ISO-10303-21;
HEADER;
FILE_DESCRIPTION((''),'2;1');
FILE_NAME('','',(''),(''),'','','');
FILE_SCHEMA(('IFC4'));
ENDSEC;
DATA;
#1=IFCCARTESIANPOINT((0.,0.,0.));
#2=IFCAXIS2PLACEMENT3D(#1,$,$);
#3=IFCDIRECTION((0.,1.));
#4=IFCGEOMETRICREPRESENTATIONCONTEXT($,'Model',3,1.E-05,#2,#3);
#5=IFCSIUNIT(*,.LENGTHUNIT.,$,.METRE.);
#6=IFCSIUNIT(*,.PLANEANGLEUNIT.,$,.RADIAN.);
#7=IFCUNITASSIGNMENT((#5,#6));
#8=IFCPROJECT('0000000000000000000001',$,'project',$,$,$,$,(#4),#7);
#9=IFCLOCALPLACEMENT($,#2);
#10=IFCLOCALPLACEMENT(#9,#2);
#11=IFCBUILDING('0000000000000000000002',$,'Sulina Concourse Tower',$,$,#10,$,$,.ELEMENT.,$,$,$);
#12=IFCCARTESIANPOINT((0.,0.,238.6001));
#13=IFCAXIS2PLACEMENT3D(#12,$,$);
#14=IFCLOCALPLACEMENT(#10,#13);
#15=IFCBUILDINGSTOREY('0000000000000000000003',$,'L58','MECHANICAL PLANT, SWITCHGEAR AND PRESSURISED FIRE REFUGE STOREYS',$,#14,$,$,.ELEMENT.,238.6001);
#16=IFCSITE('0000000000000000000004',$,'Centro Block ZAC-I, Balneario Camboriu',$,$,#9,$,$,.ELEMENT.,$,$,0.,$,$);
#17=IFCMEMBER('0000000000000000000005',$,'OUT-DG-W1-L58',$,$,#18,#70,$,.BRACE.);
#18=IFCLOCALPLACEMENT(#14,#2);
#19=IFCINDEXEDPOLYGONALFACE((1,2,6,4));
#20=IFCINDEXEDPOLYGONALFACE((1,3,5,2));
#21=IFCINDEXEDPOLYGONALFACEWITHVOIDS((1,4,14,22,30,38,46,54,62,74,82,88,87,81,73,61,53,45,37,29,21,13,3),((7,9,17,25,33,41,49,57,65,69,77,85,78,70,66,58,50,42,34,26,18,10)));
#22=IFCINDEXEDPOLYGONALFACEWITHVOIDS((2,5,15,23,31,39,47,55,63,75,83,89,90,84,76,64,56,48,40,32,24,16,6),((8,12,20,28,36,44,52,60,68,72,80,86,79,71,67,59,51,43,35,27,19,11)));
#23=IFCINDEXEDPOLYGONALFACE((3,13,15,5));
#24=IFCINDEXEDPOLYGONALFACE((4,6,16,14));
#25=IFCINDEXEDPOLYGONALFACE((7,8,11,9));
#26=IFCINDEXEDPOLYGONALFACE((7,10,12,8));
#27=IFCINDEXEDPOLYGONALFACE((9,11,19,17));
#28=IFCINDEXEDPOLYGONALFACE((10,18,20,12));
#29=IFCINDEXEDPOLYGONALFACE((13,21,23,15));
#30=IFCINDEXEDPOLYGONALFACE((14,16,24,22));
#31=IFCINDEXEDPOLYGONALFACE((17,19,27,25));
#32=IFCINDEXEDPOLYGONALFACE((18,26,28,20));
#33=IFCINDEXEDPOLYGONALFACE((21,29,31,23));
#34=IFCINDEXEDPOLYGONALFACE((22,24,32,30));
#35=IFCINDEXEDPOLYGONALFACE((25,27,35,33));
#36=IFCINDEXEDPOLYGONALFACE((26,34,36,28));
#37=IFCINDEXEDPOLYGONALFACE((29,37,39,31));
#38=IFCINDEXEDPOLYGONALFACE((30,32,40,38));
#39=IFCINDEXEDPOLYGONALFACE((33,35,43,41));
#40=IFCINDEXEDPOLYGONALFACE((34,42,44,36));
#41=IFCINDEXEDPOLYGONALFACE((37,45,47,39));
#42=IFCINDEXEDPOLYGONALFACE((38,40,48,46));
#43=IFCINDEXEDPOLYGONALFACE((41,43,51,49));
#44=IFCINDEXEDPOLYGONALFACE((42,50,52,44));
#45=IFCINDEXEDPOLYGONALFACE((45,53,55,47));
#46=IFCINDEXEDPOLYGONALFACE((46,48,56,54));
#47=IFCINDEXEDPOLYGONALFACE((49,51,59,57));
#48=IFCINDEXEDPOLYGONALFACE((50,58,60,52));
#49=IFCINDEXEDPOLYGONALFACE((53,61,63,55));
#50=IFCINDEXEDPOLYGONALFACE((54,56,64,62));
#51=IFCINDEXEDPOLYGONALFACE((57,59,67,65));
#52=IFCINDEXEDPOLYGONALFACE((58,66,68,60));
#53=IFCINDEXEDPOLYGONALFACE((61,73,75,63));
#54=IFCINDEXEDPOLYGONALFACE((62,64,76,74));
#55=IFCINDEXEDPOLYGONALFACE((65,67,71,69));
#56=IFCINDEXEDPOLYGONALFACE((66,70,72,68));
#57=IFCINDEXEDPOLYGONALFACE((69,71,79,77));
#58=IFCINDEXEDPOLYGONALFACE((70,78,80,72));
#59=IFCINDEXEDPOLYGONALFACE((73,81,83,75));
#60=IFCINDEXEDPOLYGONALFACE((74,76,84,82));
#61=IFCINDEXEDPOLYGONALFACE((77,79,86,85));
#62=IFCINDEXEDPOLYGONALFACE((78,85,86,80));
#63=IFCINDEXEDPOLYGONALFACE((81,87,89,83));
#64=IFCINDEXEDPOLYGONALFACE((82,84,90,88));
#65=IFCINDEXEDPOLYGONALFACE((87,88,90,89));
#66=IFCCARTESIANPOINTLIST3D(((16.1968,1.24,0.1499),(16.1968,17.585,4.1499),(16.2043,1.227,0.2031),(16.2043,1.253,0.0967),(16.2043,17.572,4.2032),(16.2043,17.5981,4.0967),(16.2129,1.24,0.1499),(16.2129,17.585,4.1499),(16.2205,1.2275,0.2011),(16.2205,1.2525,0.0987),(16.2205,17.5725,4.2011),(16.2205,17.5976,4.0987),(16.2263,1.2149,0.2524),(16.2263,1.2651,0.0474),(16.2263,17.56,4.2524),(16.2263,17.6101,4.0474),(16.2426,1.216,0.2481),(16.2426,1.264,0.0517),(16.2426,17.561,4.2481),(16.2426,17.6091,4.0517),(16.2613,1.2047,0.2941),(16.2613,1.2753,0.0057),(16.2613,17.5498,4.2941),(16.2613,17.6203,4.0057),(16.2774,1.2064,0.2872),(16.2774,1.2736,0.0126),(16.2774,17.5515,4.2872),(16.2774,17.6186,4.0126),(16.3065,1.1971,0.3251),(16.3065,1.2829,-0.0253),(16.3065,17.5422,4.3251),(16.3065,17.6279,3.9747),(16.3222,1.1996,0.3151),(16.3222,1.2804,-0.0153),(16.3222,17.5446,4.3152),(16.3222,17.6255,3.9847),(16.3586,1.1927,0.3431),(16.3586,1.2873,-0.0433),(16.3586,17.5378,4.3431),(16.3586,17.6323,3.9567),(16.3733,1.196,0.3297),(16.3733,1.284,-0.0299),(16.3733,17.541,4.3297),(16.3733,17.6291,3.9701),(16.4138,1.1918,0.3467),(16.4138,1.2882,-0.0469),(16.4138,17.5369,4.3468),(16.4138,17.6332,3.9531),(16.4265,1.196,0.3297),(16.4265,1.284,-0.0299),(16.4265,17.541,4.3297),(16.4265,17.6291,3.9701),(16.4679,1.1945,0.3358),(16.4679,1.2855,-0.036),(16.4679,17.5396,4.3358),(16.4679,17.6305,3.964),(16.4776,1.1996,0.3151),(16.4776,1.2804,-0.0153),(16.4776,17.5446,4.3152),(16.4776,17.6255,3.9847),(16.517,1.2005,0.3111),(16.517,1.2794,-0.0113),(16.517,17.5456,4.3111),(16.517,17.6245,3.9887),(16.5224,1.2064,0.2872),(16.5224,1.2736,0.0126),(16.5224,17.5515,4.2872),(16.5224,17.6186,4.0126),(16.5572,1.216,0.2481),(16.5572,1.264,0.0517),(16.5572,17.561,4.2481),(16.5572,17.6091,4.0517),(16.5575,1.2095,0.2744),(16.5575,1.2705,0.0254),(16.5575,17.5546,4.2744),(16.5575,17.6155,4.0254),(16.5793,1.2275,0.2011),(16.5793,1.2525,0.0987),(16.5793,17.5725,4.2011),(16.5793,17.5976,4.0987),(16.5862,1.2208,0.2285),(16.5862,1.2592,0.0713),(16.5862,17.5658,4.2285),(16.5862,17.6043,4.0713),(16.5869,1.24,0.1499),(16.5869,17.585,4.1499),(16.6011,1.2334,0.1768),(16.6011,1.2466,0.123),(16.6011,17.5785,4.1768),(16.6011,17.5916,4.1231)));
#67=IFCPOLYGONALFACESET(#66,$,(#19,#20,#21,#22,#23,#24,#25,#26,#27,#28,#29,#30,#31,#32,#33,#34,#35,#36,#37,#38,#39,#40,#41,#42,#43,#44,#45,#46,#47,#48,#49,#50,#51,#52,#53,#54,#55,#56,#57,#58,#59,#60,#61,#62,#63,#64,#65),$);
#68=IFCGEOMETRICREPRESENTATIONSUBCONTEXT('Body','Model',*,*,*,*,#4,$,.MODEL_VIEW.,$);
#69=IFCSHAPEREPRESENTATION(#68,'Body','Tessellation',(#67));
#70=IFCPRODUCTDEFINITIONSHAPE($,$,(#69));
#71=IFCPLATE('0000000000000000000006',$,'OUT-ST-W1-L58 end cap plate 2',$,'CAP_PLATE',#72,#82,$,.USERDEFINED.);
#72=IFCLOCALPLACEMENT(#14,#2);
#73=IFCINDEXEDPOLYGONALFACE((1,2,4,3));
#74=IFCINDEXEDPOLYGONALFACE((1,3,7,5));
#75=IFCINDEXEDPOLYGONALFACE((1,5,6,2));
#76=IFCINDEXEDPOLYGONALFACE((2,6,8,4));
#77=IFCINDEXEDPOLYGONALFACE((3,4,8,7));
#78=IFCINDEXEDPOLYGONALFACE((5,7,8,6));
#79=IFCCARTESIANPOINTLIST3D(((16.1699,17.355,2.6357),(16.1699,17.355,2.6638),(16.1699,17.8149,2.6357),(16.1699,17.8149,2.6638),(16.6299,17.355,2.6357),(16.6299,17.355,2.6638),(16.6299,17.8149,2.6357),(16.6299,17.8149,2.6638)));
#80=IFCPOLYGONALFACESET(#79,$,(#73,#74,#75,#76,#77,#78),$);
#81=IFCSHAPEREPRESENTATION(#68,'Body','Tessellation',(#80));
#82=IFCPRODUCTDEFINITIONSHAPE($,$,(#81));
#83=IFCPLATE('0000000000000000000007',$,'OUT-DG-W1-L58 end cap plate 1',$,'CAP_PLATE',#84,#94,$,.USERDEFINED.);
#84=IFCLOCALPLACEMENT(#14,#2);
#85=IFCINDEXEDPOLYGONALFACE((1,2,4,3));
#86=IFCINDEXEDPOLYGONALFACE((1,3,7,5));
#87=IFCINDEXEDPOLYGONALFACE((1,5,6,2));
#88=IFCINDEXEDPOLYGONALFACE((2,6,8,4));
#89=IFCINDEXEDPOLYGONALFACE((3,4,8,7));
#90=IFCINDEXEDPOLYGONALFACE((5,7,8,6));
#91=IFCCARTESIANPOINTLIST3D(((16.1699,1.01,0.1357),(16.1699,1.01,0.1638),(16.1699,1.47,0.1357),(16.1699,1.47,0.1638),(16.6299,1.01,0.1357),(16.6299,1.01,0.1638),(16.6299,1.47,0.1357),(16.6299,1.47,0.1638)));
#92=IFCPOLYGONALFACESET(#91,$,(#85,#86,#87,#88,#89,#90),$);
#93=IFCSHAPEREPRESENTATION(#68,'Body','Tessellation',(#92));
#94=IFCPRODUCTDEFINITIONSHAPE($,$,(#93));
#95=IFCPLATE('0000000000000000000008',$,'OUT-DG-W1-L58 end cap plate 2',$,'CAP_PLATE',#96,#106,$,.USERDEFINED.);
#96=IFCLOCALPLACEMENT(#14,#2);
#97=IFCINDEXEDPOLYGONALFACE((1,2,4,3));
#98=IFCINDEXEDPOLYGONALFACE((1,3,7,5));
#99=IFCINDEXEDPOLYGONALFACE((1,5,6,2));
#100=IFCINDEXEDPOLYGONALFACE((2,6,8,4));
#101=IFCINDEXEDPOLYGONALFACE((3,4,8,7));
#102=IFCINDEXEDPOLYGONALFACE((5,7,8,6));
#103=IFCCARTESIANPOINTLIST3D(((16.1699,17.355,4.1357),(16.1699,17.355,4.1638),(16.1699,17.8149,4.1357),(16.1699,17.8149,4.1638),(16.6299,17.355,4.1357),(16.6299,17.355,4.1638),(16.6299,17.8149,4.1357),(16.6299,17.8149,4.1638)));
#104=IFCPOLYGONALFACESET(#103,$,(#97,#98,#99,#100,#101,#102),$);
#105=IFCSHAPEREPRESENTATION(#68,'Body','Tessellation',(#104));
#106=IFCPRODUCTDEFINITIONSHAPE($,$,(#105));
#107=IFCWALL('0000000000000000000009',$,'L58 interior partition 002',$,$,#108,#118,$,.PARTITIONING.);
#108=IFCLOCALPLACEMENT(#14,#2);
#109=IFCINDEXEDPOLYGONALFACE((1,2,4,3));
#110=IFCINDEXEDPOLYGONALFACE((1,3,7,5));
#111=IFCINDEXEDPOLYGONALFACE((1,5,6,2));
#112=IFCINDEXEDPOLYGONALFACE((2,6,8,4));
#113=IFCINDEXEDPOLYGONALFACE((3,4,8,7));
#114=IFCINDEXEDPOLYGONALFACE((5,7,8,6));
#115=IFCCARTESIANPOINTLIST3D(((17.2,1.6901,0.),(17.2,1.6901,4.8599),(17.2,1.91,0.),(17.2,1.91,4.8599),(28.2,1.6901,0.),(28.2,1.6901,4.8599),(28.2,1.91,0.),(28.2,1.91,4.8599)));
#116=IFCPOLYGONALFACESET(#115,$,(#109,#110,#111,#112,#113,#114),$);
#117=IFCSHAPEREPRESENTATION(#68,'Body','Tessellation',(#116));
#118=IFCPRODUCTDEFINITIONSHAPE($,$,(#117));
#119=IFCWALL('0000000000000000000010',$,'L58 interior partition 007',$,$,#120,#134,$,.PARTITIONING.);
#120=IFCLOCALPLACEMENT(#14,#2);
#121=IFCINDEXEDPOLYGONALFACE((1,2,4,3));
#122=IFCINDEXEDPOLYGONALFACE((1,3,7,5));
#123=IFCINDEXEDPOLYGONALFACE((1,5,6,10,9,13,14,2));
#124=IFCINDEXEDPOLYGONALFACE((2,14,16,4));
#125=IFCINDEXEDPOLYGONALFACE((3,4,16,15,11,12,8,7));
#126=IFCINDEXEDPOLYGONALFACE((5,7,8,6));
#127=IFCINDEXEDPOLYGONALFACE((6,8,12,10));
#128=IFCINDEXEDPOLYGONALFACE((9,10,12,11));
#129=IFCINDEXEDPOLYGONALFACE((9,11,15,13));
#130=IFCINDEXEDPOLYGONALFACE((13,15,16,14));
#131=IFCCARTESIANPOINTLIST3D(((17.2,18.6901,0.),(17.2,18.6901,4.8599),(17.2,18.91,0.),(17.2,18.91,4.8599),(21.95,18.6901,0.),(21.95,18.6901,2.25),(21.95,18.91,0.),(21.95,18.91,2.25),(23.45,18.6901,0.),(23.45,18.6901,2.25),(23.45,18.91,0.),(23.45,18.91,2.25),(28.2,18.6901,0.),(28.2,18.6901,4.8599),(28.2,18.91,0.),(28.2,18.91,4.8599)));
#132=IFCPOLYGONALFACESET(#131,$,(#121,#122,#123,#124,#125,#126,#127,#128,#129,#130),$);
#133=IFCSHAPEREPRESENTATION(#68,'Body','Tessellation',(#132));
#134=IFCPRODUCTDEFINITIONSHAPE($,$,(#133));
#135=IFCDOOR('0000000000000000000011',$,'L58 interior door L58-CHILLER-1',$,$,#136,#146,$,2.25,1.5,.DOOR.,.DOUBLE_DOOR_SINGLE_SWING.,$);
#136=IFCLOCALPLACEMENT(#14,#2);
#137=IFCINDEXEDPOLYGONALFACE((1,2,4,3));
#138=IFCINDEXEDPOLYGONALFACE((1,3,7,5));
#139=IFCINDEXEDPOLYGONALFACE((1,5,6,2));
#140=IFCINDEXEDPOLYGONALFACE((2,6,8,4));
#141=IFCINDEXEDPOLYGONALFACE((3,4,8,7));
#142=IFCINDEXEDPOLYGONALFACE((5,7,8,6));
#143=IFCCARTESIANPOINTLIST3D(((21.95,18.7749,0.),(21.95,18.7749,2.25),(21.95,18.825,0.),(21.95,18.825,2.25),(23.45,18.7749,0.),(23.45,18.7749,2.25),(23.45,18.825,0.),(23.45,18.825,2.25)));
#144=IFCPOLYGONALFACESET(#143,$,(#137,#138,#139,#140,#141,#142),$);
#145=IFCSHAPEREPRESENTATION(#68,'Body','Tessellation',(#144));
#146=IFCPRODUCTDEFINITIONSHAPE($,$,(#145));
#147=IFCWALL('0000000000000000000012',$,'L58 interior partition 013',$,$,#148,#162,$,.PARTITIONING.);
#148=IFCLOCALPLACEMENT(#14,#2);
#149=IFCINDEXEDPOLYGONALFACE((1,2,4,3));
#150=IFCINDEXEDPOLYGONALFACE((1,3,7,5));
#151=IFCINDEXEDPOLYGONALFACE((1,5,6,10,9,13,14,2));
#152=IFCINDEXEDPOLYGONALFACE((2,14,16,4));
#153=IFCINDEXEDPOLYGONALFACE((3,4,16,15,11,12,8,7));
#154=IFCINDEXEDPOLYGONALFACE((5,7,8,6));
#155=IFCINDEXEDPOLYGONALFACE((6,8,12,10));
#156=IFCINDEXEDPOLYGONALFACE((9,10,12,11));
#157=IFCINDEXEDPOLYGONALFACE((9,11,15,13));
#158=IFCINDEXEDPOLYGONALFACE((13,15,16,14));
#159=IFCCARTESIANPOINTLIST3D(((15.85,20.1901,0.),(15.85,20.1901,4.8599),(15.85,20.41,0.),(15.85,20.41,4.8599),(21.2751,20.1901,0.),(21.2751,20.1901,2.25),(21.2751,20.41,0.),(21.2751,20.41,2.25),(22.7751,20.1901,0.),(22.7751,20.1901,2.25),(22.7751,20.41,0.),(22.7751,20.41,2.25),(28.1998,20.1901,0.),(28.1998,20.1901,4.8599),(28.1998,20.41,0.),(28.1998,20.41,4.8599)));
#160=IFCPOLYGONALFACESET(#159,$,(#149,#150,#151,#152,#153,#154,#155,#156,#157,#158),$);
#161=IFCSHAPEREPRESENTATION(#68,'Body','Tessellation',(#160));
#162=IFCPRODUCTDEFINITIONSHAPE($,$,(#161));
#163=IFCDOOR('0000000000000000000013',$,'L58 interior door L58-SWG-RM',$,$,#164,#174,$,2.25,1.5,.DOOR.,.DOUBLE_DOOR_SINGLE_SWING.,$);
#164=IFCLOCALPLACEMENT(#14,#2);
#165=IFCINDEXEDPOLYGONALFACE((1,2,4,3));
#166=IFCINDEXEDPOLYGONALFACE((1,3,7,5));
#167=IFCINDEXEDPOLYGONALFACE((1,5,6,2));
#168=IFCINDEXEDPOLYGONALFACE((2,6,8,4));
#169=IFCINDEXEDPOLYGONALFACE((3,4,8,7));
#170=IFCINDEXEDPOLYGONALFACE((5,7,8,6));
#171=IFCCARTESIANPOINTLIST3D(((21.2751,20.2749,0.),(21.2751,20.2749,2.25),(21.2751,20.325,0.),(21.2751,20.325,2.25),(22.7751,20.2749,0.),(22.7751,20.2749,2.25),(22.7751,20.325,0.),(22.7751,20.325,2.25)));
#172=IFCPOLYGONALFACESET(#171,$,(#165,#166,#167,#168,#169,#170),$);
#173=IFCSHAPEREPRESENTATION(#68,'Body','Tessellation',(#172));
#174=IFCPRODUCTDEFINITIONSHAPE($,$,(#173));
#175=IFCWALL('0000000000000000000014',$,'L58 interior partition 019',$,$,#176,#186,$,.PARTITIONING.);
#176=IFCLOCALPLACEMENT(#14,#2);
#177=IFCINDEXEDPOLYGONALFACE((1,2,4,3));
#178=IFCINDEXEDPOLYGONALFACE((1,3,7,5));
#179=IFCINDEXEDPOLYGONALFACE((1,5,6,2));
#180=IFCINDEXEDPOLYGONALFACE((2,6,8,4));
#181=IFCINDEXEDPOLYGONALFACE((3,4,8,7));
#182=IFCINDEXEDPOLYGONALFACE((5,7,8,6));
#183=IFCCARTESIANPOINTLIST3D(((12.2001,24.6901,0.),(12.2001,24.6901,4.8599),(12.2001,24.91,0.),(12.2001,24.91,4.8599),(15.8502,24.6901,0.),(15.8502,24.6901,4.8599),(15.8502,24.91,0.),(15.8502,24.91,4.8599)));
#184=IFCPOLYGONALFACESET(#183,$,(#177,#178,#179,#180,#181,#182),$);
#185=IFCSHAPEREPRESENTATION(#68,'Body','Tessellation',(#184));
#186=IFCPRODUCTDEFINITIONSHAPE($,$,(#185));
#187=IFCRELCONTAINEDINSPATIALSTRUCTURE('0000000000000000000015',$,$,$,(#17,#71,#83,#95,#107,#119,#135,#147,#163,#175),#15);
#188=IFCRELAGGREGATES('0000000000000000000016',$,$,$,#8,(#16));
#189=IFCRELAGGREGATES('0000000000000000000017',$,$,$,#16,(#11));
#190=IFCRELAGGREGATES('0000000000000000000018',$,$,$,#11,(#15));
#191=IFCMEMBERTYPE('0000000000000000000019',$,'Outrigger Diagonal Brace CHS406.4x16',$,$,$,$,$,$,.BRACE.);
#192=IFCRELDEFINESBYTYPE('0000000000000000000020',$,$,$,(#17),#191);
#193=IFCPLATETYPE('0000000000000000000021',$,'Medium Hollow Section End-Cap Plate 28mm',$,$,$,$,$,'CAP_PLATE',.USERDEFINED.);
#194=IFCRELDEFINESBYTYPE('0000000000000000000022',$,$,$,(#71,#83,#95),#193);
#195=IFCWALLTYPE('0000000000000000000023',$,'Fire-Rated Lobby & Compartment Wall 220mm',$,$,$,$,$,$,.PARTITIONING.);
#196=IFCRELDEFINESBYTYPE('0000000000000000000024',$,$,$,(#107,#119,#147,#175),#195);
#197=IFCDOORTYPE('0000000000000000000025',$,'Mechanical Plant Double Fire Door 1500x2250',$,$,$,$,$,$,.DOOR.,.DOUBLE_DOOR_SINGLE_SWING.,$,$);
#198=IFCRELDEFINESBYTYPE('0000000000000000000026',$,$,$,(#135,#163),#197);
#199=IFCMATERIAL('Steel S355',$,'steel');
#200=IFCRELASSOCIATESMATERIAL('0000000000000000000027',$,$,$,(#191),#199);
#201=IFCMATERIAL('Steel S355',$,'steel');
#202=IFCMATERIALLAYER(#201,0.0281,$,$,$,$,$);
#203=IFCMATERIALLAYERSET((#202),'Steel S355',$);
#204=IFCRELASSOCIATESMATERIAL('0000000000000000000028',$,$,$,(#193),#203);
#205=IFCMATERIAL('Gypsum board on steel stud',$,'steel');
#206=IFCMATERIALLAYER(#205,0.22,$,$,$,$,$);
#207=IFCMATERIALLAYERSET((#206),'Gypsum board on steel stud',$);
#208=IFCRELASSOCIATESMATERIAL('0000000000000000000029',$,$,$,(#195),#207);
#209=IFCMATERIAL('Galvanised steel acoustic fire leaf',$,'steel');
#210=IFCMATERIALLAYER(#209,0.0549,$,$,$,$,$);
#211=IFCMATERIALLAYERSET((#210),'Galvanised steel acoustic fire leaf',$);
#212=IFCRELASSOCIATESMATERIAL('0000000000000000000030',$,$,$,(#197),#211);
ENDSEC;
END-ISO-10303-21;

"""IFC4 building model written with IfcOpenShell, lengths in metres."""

from ifc_helpers import new_model, si_unit, direction, frame, frame_2d, origin, origin_2d, place, context, subcontext, project, spatial, rectangle, hollow_circle, extrude, material, layer, layer_set, material_profile, profile_set, type_object, element, fill, save


model = new_model("IFC4")

# Units and contexts
model_context = context("Model", 3, precision=1e-05, world=origin(), true_north=direction((0.0, 1.0)))
body_context = subcontext(model_context, "Body", "Model", "MODEL_VIEW")
ifc_project = project(units=[si_unit("LENGTHUNIT", "METRE"), si_unit("PLANEANGLEUNIT", "RADIAN")], contexts=[model_context])

# Site, building, storey
site_placement = place(None, origin())
site = spatial("IfcSite", under=ifc_project, at=site_placement, Name="Centro Block ZAC-I, Balneario Camboriu", CompositionType="ELEMENT", RefElevation=0.0)
building_placement = place(site_placement, origin())
building = spatial("IfcBuilding", under=site, at=building_placement, Name="Sulina Concourse Tower", CompositionType="ELEMENT")
storey_placement = place(building_placement, frame((0.0, 0.0, 238.6001)))
storey = spatial("IfcBuildingStorey", under=building, at=storey_placement, Name="L58", Description="MECHANICAL PLANT, SWITCHGEAR AND PRESSURISED FIRE REFUGE STOREYS", CompositionType="ELEMENT", Elevation=238.6001)

# Member
ifc_material_1 = material(Name="Steel S355", Category="steel")
ifc_material_profile_1 = material_profile(ifc_material_1, hollow_circle(Radius=0.2031, WallThickness=0.0161, at=origin_2d()), Name="CHS 406.4x16")
ifc_profile_set_1 = profile_set([ifc_material_profile_1], Name="Steel S355")
member_type = type_object("IfcMemberType", Name="Outrigger Diagonal Brace CHS406.4x16", PredefinedType="BRACE", material=ifc_profile_set_1)
member_placement = place(storey_placement, frame((16.3999, 1.24, 0.1499), z_axis=(0.0, 0.971336, 0.237709), x_axis=(-1.0, 0.0, 0.0)))
element("IfcMember", 1, at=member_placement, inside=storey, type_object=member_type, Name="OUT-DG-W1-L58", PredefinedType="BRACE", context=body_context, shape_type="SweptSolid", body=[
    extrude(hollow_circle(Radius=0.2031, WallThickness=0.0161, at=origin_2d()), origin(), (0.0, 0.0, 1.0), 16.8274),
])

# Plates
ifc_material_2 = material(Name="Steel S355", Category="steel")
ifc_layer_1 = layer(ifc_material_2, 0.0281)
ifc_layer_set_1 = layer_set([ifc_layer_1], Name="Steel S355")
plate_type = type_object("IfcPlateType", Name="Medium Hollow Section End-Cap Plate 28mm", ElementType="CAP_PLATE", PredefinedType="USERDEFINED", material=ifc_layer_set_1)
for number, where, z_axis, x_axis, name in (
    (2, (16.3999, 17.585, 2.6357), (0.0, 0.0, 1.0), (1.0, 0.0, 0.0), "OUT-ST-W1-L58 end cap plate 2"),
    (3, (16.3999, 1.24, 0.1357), (0.0, 0.0, 1.0), (1.0, 0.0, 0.0), "OUT-DG-W1-L58 end cap plate 1"),
    (4, (16.3999, 17.585, 4.1357), (0.0, 0.0, 1.0), (1.0, 0.0, 0.0), "OUT-DG-W1-L58 end cap plate 2"),
):
    element("IfcPlate", number, at=place(storey_placement, frame(where, z_axis=z_axis, x_axis=x_axis)), inside=storey, type_object=plate_type, Name=name, ObjectType="CAP_PLATE", PredefinedType="USERDEFINED", context=body_context, shape_type="SweptSolid", body=[
        extrude(rectangle(XDim=0.46, YDim=0.46, at=origin_2d()), origin(), (0.0, 0.0, 1.0), 0.0281),
    ])

# Wall
ifc_material_3 = material(Name="Gypsum board on steel stud", Category="steel")
ifc_layer_2 = layer(ifc_material_3, 0.22)
ifc_layer_set_2 = layer_set([ifc_layer_2], Name="Gypsum board on steel stud")
wall_type_1 = type_object("IfcWallType", Name="Fire-Rated Lobby & Compartment Wall 220mm", PredefinedType="PARTITIONING", material=ifc_layer_set_2)
wall_1_placement = place(storey_placement, frame((17.2, 1.8, 0.0), z_axis=(0.0, 0.0, 1.0), x_axis=(1.0, 0.0, 0.0)))
element("IfcWall", 5, at=wall_1_placement, inside=storey, type_object=wall_type_1, Name="L58 interior partition 002", PredefinedType="PARTITIONING", context=body_context, shape_type="SweptSolid", body=[
    extrude(rectangle(XDim=11.0, YDim=0.22, at=frame_2d((5.5, 0.0))), origin(), (0.0, 0.0, 1.0), 4.8599),
])

# Walls, openings, doors
wall_2_placement = place(storey_placement, frame((17.2, 18.8, 0.0), z_axis=(0.0, 0.0, 1.0), x_axis=(1.0, 0.0, 0.0)))
wall_2 = element("IfcWall", 6, at=wall_2_placement, inside=storey, type_object=wall_type_1, Name="L58 interior partition 007", PredefinedType="PARTITIONING", context=body_context, shape_type="SweptSolid", body=[
    extrude(rectangle(XDim=11.0, YDim=0.22, at=frame_2d((5.5, 0.0))), origin(), (0.0, 0.0, 1.0), 4.8599),
])
opening_1_placement = place(wall_2_placement, frame((4.75, 0.0, 0.0)))
opening_1 = element("IfcOpeningElement", 7, at=opening_1_placement, cuts=wall_2, PredefinedType="OPENING", context=body_context, shape_type="SweptSolid", body=[
    extrude(rectangle(XDim=1.5, YDim=2.25, at=frame_2d((0.75, 1.125))), frame((0.0, 0.1199, 0.0), z_axis=(0.0, -1.0, 0.0), x_axis=(1.0, 0.0, 0.0)), (0.0, 0.0, 1.0), 0.24),
])
ifc_material_4 = material(Name="Galvanised steel acoustic fire leaf", Category="steel")
ifc_layer_3 = layer(ifc_material_4, 0.0549)
ifc_layer_set_3 = layer_set([ifc_layer_3], Name="Galvanised steel acoustic fire leaf")
door_type = type_object("IfcDoorType", Name="Mechanical Plant Double Fire Door 1500x2250", OperationType="DOUBLE_DOOR_SINGLE_SWING", PredefinedType="DOOR", material=ifc_layer_set_3)
door_1_placement = place(opening_1_placement, origin())
door_1 = element("IfcDoor", 8, at=door_1_placement, inside=storey, type_object=door_type, Name="L58 interior door L58-CHILLER-1", OperationType="DOUBLE_DOOR_SINGLE_SWING", OverallHeight=2.25, OverallWidth=1.5, PredefinedType="DOOR", context=body_context, shape_type="SweptSolid", body=[
    extrude(rectangle(XDim=1.5, YDim=2.25, at=frame_2d((0.75, 1.125))), frame((0.0, 0.0249, 0.0), z_axis=(0.0, -1.0, 0.0), x_axis=(1.0, 0.0, 0.0)), (0.0, 0.0, 1.0), 0.05),
])
fill(opening_1, door_1)
wall_3_placement = place(storey_placement, frame((15.8501, 20.3, 0.0), z_axis=(0.0, 0.0, 1.0), x_axis=(1.0, 0.0, 0.0)))
wall_3 = element("IfcWall", 9, at=wall_3_placement, inside=storey, type_object=wall_type_1, Name="L58 interior partition 013", PredefinedType="PARTITIONING", context=body_context, shape_type="SweptSolid", body=[
    extrude(rectangle(XDim=12.3499, YDim=0.22, at=frame_2d((6.1748, 0.0))), origin(), (0.0, 0.0, 1.0), 4.8599),
])
opening_2_placement = place(wall_3_placement, frame((5.425, 0.0, 0.0)))
opening_2 = element("IfcOpeningElement", 10, at=opening_2_placement, cuts=wall_3, PredefinedType="OPENING", context=body_context, shape_type="SweptSolid", body=[
    extrude(rectangle(XDim=1.5, YDim=2.25, at=frame_2d((0.75, 1.125))), frame((0.0, 0.1199, 0.0), z_axis=(0.0, -1.0, 0.0), x_axis=(1.0, 0.0, 0.0)), (0.0, 0.0, 1.0), 0.24),
])
door_2_placement = place(opening_2_placement, origin())
door_2 = element("IfcDoor", 11, at=door_2_placement, inside=storey, type_object=door_type, Name="L58 interior door L58-SWG-RM", OperationType="DOUBLE_DOOR_SINGLE_SWING", OverallHeight=2.25, OverallWidth=1.5, PredefinedType="DOOR", context=body_context, shape_type="SweptSolid", body=[
    extrude(rectangle(XDim=1.5, YDim=2.25, at=frame_2d((0.75, 1.125))), frame((0.0, 0.0249, 0.0), z_axis=(0.0, -1.0, 0.0), x_axis=(1.0, 0.0, 0.0)), (0.0, 0.0, 1.0), 0.05),
])
fill(opening_2, door_2)

# Wall
wall_4_placement = place(storey_placement, frame((12.2, 24.8, 0.0), z_axis=(0.0, 0.0, 1.0), x_axis=(1.0, 0.0, 0.0)))
element("IfcWall", 12, at=wall_4_placement, inside=storey, type_object=wall_type_1, Name="L58 interior partition 019", PredefinedType="PARTITIONING", context=body_context, shape_type="SweptSolid", body=[
    extrude(rectangle(XDim=3.6501, YDim=0.22, at=frame_2d((1.8252, 0.0))), origin(), (0.0, 0.0, 1.0), 4.8599),
])

save(model, "model.ifc")
